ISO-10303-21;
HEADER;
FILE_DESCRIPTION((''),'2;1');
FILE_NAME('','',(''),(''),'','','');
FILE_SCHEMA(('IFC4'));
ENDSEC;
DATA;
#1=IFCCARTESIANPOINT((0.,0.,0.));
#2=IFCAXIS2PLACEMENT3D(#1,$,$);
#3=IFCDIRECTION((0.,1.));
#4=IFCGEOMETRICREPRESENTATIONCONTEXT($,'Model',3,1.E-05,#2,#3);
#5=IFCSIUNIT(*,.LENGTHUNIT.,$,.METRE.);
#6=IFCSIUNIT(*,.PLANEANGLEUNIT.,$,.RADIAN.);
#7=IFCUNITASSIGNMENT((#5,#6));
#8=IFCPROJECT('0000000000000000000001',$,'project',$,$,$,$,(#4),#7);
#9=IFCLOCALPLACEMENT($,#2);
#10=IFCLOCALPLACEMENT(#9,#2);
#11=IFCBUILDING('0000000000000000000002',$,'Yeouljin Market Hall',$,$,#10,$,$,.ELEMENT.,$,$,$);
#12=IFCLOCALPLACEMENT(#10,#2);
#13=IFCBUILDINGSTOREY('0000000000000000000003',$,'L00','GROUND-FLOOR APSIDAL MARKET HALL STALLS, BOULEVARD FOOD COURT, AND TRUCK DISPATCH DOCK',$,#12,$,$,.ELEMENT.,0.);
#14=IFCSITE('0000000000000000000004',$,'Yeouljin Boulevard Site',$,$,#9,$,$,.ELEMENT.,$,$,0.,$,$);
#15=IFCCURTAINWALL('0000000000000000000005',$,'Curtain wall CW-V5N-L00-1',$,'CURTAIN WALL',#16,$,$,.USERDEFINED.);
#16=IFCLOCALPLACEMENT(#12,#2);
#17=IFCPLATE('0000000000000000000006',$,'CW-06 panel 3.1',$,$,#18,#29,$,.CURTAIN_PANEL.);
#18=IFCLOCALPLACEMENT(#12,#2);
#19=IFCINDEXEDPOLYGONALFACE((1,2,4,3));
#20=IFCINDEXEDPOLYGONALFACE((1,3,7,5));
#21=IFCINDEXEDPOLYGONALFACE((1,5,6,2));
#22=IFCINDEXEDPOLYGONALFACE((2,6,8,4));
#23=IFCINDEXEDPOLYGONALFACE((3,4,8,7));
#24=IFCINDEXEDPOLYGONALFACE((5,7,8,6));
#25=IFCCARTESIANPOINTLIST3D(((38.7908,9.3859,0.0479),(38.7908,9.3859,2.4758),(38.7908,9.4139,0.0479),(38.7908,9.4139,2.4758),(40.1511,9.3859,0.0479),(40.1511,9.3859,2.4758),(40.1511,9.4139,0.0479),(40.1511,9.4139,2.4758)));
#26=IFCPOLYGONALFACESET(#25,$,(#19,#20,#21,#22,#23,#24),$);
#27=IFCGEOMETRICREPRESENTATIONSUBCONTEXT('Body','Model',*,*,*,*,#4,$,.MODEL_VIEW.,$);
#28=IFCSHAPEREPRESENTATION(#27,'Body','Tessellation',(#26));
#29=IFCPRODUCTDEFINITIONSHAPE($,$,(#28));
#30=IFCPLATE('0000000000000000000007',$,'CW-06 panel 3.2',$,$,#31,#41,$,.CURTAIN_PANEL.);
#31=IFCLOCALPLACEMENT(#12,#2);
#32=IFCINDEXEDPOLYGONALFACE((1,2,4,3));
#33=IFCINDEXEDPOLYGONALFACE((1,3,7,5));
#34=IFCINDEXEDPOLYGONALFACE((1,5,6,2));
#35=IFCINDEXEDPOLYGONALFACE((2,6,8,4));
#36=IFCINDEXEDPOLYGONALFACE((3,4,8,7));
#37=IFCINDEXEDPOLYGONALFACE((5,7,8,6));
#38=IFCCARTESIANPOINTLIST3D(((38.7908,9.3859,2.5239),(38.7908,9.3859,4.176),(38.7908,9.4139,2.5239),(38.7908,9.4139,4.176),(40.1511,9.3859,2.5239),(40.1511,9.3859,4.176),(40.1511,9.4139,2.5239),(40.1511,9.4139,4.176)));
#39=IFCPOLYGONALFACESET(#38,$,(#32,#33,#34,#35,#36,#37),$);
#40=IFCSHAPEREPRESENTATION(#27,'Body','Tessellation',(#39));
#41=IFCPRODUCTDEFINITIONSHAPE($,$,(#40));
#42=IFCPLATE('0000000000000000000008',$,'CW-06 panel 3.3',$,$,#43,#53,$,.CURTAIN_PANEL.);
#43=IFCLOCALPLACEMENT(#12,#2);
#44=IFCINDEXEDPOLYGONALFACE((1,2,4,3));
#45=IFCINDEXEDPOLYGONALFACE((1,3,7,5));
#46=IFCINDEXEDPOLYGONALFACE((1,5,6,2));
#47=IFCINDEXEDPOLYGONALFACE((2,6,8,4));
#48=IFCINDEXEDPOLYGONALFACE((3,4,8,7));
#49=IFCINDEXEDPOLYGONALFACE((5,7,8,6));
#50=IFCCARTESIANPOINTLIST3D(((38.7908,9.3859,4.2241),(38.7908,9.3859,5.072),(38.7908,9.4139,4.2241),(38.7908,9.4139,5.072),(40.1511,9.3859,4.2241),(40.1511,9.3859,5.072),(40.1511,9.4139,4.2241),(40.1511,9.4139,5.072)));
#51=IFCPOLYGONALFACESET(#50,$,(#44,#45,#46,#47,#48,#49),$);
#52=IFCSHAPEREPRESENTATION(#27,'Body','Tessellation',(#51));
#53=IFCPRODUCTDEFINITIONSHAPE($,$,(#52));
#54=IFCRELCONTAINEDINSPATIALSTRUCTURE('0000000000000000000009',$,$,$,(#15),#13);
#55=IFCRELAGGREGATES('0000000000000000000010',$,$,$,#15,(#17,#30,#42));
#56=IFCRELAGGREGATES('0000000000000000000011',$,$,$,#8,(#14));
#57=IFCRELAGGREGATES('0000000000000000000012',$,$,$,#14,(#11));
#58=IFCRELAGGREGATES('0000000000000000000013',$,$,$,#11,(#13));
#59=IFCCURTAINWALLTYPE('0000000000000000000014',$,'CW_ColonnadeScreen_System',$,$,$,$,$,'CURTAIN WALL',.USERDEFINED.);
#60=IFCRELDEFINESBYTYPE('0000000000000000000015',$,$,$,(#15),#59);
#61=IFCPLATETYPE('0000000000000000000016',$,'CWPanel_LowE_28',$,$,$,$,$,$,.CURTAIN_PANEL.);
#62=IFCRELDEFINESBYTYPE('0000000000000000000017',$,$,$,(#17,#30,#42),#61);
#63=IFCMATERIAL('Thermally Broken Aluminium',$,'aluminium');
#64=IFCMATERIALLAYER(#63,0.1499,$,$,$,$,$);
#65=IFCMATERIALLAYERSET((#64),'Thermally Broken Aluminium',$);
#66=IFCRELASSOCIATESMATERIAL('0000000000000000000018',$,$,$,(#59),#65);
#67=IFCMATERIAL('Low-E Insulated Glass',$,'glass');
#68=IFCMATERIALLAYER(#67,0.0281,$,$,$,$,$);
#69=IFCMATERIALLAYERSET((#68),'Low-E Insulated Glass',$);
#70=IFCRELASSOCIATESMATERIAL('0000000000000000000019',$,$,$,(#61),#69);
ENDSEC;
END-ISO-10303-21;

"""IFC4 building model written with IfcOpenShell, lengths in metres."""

from ifc_helpers import new_model, si_unit, direction, frame, origin, origin_2d, place, context, subcontext, project, spatial, rectangle, extrude, material, layer, layer_set, type_object, element, aggregate, save


model = new_model("IFC4")

# Units and contexts
model_context = context("Model", 3, precision=1e-05, world=origin(), true_north=direction((0.0, 1.0)))
body_context = subcontext(model_context, "Body", "Model", "MODEL_VIEW")
ifc_project = project(units=[si_unit("LENGTHUNIT", "METRE"), si_unit("PLANEANGLEUNIT", "RADIAN")], contexts=[model_context])

# Site, building, storey
site_placement = place(None, origin())
site = spatial("IfcSite", under=ifc_project, at=site_placement, Name="Yeouljin Boulevard Site", CompositionType="ELEMENT", RefElevation=0.0)
building_placement = place(site_placement, origin())
building = spatial("IfcBuilding", under=site, at=building_placement, Name="Yeouljin Market Hall", CompositionType="ELEMENT")
storey_placement = place(building_placement, origin())
storey = spatial("IfcBuildingStorey", under=building, at=storey_placement, Name="L00", Description="GROUND-FLOOR APSIDAL MARKET HALL STALLS, BOULEVARD FOOD COURT, AND TRUCK DISPATCH DOCK", CompositionType="ELEMENT", Elevation=0.0)

# Shared definitions
ifc_material_1 = material(Name="Thermally Broken Aluminium", Category="aluminium")
ifc_layer_1 = layer(ifc_material_1, 0.1499)
ifc_layer_set_1 = layer_set([ifc_layer_1], Name="Thermally Broken Aluminium")
curtain_wall_type = type_object("IfcCurtainWallType", Name="CW_ColonnadeScreen_System", ElementType="CURTAIN WALL", PredefinedType="USERDEFINED", material=ifc_layer_set_1)

# Curtain wall
curtain_wall_1_placement = place(storey_placement, origin())
curtain_wall_1 = element("IfcCurtainWall", 1, at=curtain_wall_1_placement, inside=storey, type_object=curtain_wall_type, Name="Curtain wall CW-V5N-L00-1", ObjectType="CURTAIN WALL", PredefinedType="USERDEFINED")

# Plates
ifc_material_2 = material(Name="Low-E Insulated Glass", Category="glass")
ifc_layer_2 = layer(ifc_material_2, 0.0281)
ifc_layer_set_2 = layer_set([ifc_layer_2], Name="Low-E Insulated Glass")
plate_type = type_object("IfcPlateType", Name="CWPanel_LowE_28", PredefinedType="CURTAIN_PANEL", material=ifc_layer_set_2)
plate_1_placement = place(storey_placement, frame((39.4709, 9.3999, 0.0479), z_axis=(0.0, 0.0, 1.0), x_axis=(1.0, 0.0, 0.0)))
plate_1 = element("IfcPlate", 2, at=plate_1_placement, type_object=plate_type, Name="CW-06 panel 3.1", PredefinedType="CURTAIN_PANEL", context=body_context, shape_type="SweptSolid", body=[
    extrude(rectangle(XDim=1.3604, YDim=0.0281, at=origin_2d()), origin(), (0.0, 0.0, 1.0), 2.428),
])
plate_2_placement = place(storey_placement, frame((39.4709, 9.3999, 2.5239), z_axis=(0.0, 0.0, 1.0), x_axis=(1.0, 0.0, 0.0)))
plate_2 = element("IfcPlate", 3, at=plate_2_placement, type_object=plate_type, Name="CW-06 panel 3.2", PredefinedType="CURTAIN_PANEL", context=body_context, shape_type="SweptSolid", body=[
    extrude(rectangle(XDim=1.3604, YDim=0.0281, at=origin_2d()), origin(), (0.0, 0.0, 1.0), 1.6521),
])
plate_3_placement = place(storey_placement, frame((39.4709, 9.3999, 4.2241), z_axis=(0.0, 0.0, 1.0), x_axis=(1.0, 0.0, 0.0)))
plate_3 = element("IfcPlate", 4, at=plate_3_placement, type_object=plate_type, Name="CW-06 panel 3.3", PredefinedType="CURTAIN_PANEL", context=body_context, shape_type="SweptSolid", body=[
    extrude(rectangle(XDim=1.3604, YDim=0.0281, at=origin_2d()), origin(), (0.0, 0.0, 1.0), 0.8479),
])
aggregate(curtain_wall_1, [plate_1, plate_2, plate_3])

save(model, "model.ifc")
